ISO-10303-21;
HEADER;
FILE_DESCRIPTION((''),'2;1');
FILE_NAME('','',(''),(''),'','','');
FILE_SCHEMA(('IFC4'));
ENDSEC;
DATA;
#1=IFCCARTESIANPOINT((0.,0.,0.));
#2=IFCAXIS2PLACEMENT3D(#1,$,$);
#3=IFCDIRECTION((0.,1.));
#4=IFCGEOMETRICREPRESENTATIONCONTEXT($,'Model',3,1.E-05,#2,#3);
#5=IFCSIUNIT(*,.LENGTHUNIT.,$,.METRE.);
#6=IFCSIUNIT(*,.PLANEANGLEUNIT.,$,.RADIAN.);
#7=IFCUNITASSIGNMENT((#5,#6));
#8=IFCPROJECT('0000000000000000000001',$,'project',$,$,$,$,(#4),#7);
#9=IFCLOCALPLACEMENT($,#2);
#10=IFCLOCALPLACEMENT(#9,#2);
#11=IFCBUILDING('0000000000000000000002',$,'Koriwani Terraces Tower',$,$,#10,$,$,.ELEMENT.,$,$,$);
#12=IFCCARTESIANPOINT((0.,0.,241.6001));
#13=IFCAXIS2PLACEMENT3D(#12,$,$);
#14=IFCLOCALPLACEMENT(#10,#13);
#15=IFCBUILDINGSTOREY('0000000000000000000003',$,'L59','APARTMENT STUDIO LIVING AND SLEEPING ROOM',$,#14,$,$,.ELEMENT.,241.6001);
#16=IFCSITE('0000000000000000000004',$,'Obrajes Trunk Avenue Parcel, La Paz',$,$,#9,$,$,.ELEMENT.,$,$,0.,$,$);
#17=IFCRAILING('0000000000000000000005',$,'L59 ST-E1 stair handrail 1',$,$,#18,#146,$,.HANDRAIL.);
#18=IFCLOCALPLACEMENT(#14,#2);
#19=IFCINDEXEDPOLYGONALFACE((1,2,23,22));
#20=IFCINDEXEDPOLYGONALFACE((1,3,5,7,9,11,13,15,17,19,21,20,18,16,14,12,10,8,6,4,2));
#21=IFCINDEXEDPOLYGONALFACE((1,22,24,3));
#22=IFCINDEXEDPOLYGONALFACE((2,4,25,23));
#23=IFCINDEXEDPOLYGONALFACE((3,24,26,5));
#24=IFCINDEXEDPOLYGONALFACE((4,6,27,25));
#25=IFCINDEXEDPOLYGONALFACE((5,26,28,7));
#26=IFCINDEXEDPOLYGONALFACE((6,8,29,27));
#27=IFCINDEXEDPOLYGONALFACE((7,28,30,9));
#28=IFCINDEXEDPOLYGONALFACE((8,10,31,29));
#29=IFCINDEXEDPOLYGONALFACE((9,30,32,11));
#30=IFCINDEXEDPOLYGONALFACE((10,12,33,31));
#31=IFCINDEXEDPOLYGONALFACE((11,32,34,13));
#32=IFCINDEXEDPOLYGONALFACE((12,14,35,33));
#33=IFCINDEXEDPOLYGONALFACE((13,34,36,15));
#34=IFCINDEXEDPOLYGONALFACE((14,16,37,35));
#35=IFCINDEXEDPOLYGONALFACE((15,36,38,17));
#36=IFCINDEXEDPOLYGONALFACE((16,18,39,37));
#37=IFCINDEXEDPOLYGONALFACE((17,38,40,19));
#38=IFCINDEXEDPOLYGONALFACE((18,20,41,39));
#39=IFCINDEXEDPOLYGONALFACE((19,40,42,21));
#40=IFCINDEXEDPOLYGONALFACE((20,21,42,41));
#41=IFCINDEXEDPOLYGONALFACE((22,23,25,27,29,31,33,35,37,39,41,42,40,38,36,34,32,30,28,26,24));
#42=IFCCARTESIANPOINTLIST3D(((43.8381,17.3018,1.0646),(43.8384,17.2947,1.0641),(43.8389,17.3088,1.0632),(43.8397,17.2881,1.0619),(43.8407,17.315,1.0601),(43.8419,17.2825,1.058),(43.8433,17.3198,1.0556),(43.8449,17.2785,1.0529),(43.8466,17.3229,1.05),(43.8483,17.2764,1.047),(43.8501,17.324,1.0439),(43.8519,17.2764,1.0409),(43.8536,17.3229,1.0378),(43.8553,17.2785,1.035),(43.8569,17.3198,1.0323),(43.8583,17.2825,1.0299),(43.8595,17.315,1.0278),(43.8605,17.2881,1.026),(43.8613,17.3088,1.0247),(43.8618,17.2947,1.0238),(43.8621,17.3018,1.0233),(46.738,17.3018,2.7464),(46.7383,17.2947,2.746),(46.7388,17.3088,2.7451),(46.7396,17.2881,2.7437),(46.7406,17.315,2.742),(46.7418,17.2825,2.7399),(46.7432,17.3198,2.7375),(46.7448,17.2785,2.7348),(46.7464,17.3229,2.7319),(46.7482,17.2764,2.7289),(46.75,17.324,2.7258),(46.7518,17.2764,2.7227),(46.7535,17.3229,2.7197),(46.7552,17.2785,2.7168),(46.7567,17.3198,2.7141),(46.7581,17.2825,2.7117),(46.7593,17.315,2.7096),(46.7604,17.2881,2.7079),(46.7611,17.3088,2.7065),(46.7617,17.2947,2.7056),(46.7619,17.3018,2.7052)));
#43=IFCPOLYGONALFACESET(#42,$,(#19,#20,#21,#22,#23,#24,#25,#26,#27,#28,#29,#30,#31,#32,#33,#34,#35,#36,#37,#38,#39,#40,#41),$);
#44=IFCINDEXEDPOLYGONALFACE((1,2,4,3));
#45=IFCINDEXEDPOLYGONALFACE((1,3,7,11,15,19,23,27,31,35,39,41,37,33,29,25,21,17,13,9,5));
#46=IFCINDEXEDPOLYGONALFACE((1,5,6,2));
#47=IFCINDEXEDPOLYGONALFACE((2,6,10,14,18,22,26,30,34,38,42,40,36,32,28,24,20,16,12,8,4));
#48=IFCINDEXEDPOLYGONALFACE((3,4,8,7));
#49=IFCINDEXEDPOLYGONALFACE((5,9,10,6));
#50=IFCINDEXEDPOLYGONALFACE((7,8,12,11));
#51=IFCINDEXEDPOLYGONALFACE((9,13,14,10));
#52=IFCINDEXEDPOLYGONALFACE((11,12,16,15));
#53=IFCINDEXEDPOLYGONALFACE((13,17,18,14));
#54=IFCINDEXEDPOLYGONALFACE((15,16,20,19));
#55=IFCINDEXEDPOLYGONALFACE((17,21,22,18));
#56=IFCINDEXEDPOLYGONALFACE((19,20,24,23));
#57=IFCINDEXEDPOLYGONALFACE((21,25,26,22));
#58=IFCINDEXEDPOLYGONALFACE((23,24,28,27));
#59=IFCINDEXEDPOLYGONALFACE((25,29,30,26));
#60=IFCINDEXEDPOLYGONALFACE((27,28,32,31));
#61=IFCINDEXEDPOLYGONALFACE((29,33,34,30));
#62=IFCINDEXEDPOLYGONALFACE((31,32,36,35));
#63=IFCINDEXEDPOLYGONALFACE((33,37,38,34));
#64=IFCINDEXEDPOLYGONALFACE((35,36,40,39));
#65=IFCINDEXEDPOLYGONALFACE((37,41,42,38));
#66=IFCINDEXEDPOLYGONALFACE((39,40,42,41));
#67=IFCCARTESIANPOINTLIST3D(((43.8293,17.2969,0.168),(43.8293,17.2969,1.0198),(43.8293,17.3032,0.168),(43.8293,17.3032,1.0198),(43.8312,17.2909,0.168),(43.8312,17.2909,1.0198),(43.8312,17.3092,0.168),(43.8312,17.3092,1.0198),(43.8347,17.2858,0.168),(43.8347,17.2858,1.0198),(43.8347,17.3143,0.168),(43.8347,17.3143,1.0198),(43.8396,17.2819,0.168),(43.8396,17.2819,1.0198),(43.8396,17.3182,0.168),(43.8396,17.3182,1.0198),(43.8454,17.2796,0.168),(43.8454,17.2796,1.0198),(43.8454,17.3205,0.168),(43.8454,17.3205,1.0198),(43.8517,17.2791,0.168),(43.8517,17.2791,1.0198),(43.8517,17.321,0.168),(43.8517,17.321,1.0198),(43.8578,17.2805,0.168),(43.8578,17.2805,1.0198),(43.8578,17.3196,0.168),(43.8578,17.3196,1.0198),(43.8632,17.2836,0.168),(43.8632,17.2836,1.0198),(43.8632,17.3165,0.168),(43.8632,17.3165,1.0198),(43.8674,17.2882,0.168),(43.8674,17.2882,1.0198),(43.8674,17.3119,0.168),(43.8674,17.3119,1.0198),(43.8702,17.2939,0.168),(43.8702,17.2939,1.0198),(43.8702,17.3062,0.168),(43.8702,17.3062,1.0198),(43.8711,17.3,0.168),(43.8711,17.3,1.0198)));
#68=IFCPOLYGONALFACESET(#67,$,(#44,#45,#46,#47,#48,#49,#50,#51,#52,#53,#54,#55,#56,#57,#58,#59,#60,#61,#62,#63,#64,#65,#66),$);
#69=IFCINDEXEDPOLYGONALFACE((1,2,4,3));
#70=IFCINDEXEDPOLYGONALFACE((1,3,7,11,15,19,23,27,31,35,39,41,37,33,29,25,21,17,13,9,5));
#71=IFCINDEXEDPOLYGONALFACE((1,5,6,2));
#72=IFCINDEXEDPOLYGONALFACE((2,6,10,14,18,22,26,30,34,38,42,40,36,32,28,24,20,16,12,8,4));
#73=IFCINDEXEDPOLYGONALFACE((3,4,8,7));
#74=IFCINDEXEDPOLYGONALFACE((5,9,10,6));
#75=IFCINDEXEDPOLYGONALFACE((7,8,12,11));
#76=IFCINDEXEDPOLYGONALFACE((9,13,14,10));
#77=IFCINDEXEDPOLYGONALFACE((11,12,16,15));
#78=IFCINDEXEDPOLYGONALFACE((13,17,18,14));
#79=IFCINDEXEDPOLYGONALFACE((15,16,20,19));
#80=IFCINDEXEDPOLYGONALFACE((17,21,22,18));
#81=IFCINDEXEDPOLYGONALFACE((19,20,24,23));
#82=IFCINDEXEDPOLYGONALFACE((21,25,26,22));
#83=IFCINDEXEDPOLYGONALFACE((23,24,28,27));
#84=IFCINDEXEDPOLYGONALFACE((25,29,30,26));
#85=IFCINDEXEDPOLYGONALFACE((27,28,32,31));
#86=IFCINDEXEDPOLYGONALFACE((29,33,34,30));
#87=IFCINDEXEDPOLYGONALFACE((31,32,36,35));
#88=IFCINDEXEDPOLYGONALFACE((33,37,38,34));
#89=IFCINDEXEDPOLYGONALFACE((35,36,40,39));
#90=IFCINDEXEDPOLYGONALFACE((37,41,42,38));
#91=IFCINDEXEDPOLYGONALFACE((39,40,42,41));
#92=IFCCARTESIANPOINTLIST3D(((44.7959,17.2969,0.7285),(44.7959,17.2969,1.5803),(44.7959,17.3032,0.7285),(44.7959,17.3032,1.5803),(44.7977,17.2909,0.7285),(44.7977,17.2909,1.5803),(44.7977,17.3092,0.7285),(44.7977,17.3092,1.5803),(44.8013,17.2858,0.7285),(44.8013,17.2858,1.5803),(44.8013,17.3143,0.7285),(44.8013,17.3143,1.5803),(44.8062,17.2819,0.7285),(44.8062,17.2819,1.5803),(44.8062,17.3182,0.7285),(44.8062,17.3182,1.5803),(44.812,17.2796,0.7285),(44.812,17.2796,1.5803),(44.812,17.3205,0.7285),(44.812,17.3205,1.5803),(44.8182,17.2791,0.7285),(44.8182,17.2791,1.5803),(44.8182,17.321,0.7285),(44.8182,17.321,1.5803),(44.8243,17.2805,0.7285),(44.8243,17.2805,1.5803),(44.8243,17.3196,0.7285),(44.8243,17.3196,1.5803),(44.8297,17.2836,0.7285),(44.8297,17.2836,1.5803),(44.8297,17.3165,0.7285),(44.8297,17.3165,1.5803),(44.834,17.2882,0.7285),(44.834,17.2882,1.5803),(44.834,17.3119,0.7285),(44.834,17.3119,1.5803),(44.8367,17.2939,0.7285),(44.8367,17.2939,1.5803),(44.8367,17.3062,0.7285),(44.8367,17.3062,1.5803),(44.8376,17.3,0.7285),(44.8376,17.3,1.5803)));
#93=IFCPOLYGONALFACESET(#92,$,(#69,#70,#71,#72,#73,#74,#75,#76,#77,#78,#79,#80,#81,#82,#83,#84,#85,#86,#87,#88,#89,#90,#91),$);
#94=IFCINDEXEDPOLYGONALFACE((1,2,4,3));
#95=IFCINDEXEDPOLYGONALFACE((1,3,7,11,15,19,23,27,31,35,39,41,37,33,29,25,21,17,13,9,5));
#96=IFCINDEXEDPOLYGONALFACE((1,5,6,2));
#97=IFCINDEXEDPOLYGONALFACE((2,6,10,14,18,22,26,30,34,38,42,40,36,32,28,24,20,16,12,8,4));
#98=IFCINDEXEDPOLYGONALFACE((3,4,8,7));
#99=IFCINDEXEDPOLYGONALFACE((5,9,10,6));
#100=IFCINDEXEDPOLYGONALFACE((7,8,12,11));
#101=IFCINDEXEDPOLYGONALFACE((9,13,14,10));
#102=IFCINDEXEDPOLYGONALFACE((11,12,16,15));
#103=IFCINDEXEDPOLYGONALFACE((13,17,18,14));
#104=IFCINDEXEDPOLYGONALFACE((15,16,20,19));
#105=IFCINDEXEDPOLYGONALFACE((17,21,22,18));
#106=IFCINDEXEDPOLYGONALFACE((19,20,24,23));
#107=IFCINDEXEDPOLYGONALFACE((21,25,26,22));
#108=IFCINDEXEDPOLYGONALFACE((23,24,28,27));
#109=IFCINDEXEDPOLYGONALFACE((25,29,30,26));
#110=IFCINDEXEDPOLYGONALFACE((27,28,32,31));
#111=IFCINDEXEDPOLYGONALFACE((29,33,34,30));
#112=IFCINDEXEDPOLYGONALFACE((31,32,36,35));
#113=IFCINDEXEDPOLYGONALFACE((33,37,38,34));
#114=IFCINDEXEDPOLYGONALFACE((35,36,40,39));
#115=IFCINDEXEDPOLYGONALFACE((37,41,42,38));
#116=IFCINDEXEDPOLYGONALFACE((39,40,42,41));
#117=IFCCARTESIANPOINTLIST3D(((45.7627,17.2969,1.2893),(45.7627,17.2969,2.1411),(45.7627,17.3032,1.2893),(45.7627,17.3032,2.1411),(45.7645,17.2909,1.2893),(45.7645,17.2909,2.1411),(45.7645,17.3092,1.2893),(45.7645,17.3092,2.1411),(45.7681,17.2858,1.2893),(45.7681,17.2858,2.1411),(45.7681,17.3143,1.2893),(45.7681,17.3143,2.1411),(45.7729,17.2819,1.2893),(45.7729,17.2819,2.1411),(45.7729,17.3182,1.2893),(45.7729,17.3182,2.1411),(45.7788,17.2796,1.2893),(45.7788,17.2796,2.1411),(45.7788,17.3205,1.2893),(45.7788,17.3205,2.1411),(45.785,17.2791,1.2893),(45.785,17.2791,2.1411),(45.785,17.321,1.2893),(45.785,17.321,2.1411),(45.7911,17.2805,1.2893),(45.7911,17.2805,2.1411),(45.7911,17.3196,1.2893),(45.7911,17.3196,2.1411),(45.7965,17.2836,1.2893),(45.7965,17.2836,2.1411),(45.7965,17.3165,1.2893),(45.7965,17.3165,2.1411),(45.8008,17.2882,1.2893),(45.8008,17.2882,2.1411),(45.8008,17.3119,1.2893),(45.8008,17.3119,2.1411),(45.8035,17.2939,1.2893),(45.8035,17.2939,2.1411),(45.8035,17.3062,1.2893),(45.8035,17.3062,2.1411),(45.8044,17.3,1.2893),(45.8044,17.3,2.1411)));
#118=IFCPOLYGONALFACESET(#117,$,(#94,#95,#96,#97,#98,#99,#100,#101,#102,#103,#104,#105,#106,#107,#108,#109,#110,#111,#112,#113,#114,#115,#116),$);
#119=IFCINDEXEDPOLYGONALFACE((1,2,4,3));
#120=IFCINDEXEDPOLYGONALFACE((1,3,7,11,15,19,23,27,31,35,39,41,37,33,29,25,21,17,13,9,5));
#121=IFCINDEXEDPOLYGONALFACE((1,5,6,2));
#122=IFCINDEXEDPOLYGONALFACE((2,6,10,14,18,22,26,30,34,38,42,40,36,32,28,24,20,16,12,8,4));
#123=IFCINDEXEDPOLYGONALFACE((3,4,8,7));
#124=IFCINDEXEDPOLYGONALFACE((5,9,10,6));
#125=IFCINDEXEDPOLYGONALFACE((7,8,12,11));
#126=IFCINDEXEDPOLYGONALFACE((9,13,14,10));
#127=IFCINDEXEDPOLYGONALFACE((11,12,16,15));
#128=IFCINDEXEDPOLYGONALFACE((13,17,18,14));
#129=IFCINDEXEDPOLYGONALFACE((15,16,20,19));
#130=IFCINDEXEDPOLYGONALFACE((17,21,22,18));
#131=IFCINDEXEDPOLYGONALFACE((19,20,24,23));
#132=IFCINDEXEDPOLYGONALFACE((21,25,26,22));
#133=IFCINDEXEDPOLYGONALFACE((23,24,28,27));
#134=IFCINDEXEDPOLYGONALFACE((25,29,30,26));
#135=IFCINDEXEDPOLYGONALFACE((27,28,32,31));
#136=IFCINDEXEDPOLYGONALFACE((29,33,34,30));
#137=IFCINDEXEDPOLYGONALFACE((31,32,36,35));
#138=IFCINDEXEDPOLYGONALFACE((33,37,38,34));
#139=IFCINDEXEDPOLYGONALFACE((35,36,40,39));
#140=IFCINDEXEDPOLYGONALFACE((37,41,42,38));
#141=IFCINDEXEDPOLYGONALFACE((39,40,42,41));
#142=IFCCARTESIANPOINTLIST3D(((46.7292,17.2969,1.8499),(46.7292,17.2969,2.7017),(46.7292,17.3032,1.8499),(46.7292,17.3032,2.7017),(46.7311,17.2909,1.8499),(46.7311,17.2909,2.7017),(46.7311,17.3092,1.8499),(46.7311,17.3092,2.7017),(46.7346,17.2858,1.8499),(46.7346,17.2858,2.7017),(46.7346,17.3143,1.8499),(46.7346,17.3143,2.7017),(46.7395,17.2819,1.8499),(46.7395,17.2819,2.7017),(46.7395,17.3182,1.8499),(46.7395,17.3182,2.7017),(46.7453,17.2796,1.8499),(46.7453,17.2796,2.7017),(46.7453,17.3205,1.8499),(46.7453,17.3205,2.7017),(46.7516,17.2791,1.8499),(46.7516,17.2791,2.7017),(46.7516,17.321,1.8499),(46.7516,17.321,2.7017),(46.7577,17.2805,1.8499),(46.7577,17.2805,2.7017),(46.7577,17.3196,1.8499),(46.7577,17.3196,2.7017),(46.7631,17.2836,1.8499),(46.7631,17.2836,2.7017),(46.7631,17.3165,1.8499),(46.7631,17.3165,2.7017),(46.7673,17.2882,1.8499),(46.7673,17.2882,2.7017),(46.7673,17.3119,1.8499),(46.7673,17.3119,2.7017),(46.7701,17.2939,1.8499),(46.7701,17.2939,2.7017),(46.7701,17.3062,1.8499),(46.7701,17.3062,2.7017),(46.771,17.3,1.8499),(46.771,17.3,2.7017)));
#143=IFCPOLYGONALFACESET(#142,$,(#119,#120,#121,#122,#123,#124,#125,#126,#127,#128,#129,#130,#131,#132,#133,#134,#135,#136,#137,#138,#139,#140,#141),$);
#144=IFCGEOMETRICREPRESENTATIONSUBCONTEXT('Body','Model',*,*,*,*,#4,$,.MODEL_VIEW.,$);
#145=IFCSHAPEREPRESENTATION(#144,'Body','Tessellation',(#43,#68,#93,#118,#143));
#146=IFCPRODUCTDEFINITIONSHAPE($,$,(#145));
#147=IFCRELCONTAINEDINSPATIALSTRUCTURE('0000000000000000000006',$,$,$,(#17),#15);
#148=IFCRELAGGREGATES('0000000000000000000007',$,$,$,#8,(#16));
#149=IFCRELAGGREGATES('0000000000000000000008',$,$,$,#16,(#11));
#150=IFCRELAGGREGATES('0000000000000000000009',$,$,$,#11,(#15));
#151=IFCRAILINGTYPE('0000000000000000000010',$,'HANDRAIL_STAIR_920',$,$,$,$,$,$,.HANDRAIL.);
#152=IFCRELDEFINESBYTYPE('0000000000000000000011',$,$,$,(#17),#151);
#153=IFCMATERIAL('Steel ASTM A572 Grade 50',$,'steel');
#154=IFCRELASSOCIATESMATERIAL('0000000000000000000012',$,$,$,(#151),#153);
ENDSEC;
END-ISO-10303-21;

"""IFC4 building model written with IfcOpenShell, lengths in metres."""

from ifc_helpers import new_model, si_unit, direction, frame, origin, origin_2d, place, context, subcontext, project, spatial, circle, extrude, material, type_object, element, save


model = new_model("IFC4")

# Units and contexts
model_context = context("Model", 3, precision=1e-05, world=origin(), true_north=direction((0.0, 1.0)))
body_context = subcontext(model_context, "Body", "Model", "MODEL_VIEW")
ifc_project = project(units=[si_unit("LENGTHUNIT", "METRE"), si_unit("PLANEANGLEUNIT", "RADIAN")], contexts=[model_context])

# Site, building, storey
site_placement = place(None, origin())
site = spatial("IfcSite", under=ifc_project, at=site_placement, Name="Obrajes Trunk Avenue Parcel, La Paz", CompositionType="ELEMENT", RefElevation=0.0)
building_placement = place(site_placement, origin())
building = spatial("IfcBuilding", under=site, at=building_placement, Name="Koriwani Terraces Tower", CompositionType="ELEMENT")
storey_placement = place(building_placement, frame((0.0, 0.0, 241.6001)))
storey = spatial("IfcBuildingStorey", under=building, at=storey_placement, Name="L59", Description="APARTMENT STUDIO LIVING AND SLEEPING ROOM", CompositionType="ELEMENT", Elevation=241.6001)

# Shared definitions
ifc_material_1 = material(Name="Steel ASTM A572 Grade 50", Category="steel")

# Railing
railing_type_1 = type_object("IfcRailingType", Name="HANDRAIL_STAIR_920", PredefinedType="HANDRAIL", material=ifc_material_1)
railing_1_placement = place(storey_placement, frame((43.8501, 17.3, 0.168)))
element("IfcRailing", 1, at=railing_1_placement, inside=storey, type_object=railing_type_1, Name="L59 ST-E1 stair handrail 1", PredefinedType="HANDRAIL", context=body_context, shape_type="SweptSolid", body=[
    extrude(circle(Radius=0.0239, at=origin_2d()), frame((0.0, 0.0, 0.876), z_axis=(0.865039, 0.0, 0.501705), x_axis=(0.0, 1.0, 0.0)), (0.0, 0.0, 1.0), 3.3523),
    extrude(circle(Radius=0.021, at=origin_2d()), origin(), (0.0, 0.0, 1.0), 0.8518),
    extrude(circle(Radius=0.021, at=origin_2d()), frame((0.9666, 0.0, 0.5605)), (0.0, 0.0, 1.0), 0.8518),
    extrude(circle(Radius=0.021, at=origin_2d()), frame((1.9333, 0.0, 1.1213)), (0.0, 0.0, 1.0), 0.8518),
    extrude(circle(Radius=0.021, at=origin_2d()), frame((2.8999, 0.0, 1.6819)), (0.0, 0.0, 1.0), 0.8518),
])

save(model, "model.ifc")
